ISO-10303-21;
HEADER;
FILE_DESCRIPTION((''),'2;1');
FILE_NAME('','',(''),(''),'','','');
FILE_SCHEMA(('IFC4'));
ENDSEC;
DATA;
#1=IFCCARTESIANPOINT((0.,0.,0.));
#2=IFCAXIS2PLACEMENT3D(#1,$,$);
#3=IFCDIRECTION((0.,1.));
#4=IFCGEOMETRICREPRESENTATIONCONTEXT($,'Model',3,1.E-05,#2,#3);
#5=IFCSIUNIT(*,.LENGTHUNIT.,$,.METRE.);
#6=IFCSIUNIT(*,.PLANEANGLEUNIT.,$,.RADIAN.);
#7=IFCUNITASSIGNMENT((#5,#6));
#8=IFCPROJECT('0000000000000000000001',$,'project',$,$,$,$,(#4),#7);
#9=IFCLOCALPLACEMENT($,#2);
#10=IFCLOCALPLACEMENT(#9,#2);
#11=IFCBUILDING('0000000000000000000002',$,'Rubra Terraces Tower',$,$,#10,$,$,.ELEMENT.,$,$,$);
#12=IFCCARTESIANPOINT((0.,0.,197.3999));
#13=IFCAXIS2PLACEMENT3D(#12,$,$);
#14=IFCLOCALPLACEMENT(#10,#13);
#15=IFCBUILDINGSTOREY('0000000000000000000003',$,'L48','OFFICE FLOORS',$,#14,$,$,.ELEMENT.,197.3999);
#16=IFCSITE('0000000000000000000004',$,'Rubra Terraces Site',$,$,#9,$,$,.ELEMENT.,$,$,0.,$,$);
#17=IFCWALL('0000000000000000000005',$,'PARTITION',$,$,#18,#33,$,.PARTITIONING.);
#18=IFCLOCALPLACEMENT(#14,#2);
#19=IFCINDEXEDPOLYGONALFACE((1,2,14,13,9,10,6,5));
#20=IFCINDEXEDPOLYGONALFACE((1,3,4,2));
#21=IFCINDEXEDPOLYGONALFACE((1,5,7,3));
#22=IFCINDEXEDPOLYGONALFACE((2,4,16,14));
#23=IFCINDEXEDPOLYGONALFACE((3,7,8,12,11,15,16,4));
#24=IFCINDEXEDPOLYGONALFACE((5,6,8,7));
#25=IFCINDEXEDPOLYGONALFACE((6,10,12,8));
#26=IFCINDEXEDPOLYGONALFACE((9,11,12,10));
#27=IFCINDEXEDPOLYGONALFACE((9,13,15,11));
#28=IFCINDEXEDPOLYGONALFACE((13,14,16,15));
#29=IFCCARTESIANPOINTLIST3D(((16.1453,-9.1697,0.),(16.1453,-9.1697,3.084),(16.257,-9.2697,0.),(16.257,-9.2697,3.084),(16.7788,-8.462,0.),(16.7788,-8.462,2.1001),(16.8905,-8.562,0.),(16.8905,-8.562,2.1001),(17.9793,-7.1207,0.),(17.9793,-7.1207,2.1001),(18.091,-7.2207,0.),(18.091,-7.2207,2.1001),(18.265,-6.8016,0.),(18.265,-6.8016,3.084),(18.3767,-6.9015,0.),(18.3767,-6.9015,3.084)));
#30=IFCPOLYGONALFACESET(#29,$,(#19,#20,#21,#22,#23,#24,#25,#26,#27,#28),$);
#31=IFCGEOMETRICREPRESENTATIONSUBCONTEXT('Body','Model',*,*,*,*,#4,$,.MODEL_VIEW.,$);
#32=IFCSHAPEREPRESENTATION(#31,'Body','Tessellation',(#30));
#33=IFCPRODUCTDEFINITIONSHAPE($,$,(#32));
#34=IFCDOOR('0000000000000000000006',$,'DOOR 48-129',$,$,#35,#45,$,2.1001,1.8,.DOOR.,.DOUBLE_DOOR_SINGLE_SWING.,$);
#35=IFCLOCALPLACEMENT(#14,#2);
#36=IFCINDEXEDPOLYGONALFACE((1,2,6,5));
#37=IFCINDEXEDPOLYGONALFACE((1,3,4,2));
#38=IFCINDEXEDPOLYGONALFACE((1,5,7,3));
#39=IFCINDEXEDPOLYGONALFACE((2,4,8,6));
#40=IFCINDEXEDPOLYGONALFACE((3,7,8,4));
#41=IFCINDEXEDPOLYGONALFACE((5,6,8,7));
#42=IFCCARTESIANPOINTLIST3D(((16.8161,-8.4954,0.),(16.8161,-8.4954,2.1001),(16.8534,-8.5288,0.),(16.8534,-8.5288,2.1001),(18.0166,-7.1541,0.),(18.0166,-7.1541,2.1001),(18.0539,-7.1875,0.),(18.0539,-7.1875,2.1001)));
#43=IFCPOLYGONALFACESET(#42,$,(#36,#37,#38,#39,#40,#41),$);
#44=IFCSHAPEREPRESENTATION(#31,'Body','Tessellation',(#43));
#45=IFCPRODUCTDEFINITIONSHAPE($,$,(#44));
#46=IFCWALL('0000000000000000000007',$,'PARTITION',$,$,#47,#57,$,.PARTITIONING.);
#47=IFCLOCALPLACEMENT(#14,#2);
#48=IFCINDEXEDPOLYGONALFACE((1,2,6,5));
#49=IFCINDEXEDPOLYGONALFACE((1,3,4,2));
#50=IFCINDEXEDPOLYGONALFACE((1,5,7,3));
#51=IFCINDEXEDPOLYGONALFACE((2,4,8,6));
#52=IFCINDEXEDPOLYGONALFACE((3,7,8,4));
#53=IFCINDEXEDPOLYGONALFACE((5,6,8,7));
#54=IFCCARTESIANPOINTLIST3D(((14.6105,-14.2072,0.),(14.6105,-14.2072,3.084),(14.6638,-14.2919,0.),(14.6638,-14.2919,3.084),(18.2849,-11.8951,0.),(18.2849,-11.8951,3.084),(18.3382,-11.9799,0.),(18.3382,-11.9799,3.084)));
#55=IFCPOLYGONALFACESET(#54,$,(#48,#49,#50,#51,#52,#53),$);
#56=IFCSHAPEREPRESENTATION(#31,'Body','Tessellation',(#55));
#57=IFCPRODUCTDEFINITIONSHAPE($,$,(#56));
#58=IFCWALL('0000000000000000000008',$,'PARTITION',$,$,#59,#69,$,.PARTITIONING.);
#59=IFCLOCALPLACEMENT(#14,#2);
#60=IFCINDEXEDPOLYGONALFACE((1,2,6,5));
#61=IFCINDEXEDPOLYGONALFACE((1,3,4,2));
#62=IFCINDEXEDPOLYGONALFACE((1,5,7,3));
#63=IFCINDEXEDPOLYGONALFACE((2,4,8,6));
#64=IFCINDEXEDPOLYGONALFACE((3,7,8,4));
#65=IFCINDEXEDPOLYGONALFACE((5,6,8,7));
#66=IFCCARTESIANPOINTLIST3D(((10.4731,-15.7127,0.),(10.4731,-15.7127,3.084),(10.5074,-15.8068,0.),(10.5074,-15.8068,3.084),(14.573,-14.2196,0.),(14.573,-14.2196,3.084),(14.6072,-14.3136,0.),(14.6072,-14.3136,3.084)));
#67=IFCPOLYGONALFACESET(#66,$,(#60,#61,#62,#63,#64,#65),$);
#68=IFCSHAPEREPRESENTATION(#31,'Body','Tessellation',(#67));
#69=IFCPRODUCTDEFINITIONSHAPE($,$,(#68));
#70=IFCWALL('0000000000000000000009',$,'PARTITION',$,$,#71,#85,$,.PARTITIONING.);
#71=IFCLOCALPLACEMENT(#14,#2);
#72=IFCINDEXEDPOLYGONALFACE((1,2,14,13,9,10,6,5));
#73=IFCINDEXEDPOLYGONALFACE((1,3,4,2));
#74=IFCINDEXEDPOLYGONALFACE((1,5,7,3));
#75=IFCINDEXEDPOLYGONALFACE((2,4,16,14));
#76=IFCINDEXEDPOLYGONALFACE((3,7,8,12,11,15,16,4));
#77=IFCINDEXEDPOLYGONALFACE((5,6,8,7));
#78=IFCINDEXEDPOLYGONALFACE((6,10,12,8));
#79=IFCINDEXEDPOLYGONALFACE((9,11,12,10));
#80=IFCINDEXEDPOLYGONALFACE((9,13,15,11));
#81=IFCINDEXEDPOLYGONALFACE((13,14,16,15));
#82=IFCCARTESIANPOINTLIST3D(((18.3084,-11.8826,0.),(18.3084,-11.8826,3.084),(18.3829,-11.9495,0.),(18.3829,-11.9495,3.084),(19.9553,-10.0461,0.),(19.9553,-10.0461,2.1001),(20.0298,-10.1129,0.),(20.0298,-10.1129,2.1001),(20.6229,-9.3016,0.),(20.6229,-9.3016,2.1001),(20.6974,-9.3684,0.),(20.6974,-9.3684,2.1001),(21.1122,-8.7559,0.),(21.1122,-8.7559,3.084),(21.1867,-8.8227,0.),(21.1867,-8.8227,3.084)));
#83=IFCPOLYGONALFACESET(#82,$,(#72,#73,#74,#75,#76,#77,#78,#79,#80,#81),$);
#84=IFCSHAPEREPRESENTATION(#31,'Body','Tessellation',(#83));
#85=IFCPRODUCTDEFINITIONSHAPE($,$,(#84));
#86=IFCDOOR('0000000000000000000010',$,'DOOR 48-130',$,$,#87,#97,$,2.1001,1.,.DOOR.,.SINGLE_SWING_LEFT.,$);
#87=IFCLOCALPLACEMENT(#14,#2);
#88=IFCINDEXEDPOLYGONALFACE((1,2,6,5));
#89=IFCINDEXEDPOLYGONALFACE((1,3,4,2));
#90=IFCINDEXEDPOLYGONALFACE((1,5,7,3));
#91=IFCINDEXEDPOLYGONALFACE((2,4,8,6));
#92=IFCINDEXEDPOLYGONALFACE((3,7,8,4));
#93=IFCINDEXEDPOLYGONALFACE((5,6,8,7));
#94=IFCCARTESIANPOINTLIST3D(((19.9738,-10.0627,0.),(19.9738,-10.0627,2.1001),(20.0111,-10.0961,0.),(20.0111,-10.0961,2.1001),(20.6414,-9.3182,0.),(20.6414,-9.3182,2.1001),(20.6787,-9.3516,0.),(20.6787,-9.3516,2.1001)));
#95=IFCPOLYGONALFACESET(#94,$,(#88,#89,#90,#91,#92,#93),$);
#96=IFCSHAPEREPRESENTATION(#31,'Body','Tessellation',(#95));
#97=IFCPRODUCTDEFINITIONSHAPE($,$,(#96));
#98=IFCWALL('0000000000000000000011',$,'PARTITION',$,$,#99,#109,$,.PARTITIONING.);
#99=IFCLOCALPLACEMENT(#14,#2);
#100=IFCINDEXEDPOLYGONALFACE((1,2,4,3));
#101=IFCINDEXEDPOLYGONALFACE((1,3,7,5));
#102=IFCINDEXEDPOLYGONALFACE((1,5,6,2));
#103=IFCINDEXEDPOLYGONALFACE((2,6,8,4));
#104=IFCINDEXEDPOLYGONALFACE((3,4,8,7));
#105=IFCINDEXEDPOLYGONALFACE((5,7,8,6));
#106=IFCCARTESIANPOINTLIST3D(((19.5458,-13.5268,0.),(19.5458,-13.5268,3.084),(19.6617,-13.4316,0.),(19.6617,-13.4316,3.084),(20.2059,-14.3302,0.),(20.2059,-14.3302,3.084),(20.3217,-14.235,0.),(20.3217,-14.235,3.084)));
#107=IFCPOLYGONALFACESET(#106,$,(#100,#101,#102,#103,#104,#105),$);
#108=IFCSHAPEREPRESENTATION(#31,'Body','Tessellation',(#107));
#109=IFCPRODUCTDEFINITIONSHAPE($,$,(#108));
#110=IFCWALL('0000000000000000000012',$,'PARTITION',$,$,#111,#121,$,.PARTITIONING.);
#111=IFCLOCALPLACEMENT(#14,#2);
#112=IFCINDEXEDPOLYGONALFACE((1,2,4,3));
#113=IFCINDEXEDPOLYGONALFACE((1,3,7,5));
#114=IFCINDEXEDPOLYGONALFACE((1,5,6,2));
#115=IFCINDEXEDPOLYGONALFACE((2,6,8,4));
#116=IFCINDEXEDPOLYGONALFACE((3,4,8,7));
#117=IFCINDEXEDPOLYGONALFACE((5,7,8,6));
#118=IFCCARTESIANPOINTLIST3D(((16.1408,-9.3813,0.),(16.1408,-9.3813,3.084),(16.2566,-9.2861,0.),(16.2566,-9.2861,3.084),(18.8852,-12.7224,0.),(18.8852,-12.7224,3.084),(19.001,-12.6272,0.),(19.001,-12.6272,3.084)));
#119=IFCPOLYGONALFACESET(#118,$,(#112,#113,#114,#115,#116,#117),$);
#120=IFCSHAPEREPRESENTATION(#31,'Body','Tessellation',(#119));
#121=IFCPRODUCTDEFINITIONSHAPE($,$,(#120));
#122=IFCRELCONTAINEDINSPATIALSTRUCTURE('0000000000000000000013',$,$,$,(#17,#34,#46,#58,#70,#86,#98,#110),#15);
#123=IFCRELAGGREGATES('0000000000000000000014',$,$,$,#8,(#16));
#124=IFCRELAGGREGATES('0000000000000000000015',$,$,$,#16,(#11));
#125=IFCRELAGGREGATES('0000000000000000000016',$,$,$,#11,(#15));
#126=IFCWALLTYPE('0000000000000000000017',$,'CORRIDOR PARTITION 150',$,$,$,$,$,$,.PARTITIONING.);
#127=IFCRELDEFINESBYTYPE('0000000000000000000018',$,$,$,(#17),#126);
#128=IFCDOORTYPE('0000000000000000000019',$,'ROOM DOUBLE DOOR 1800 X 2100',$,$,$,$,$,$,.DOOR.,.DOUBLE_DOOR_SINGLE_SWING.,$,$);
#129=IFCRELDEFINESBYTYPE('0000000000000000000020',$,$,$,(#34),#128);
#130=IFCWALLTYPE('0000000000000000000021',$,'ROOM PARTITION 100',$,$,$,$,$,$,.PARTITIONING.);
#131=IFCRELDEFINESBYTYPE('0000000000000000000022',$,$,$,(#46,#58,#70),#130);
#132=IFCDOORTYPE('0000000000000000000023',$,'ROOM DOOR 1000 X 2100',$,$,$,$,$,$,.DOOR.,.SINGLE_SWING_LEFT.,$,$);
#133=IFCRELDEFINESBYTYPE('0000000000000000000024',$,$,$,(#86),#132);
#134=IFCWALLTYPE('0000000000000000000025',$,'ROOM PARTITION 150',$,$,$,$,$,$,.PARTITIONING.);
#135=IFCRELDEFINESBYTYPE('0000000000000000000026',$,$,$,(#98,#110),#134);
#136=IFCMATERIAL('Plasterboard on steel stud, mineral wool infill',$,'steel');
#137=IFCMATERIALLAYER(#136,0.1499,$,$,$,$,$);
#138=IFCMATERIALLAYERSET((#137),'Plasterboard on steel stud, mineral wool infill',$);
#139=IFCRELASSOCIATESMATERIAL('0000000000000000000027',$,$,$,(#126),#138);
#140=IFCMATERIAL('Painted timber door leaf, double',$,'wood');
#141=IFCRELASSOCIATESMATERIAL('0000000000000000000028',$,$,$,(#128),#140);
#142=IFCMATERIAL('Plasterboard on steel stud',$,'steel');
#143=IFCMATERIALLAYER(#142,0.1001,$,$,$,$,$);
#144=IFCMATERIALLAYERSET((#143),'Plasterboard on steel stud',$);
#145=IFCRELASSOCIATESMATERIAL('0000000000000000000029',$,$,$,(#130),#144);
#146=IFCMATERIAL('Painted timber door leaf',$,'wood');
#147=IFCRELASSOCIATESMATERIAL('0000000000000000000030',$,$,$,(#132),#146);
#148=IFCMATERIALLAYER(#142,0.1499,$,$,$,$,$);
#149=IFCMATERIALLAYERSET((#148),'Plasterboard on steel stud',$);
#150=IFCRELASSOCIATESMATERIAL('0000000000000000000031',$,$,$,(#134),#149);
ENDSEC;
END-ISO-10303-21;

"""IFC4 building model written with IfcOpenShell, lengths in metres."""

from ifc_helpers import new_model, si_unit, direction, frame, frame_2d, origin, place, context, subcontext, project, spatial, rectangle, extrude, material, layer, layer_set, type_object, element, fill, save


model = new_model("IFC4")

# Units and contexts
model_context = context("Model", 3, precision=1e-05, world=origin(), true_north=direction((0.0, 1.0)))
body_context = subcontext(model_context, "Body", "Model", "MODEL_VIEW")
ifc_project = project(units=[si_unit("LENGTHUNIT", "METRE"), si_unit("PLANEANGLEUNIT", "RADIAN")], contexts=[model_context])

# Site, building, storey
site_placement = place(None, origin())
site = spatial("IfcSite", under=ifc_project, at=site_placement, Name="Rubra Terraces Site", CompositionType="ELEMENT", RefElevation=0.0)
building_placement = place(site_placement, origin())
building = spatial("IfcBuilding", under=site, at=building_placement, Name="Rubra Terraces Tower", CompositionType="ELEMENT")
storey_placement = place(building_placement, frame((0.0, 0.0, 197.3999)))
storey = spatial("IfcBuildingStorey", under=building, at=storey_placement, Name="L48", Description="OFFICE FLOORS", CompositionType="ELEMENT", Elevation=197.3999)

# Wall, opening, door
ifc_material_1 = material(Name="Plasterboard on steel stud, mineral wool infill", Category="steel")
ifc_layer_1 = layer(ifc_material_1, 0.1499)
ifc_layer_set_1 = layer_set([ifc_layer_1], Name="Plasterboard on steel stud, mineral wool infill")
wall_type_1 = type_object("IfcWallType", Name="CORRIDOR PARTITION 150", PredefinedType="PARTITIONING", material=ifc_layer_set_1)
wall_1_placement = place(storey_placement, frame((16.2012, -9.2197, 0.0), z_axis=(0.0, 0.0, 1.0), x_axis=(0.666925, 0.745125, 0.0)))
wall_1 = element("IfcWall", 1, at=wall_1_placement, inside=storey, type_object=wall_type_1, Name="PARTITION", PredefinedType="PARTITIONING", context=body_context, shape_type="SweptSolid", body=[
    extrude(rectangle(XDim=3.1782, YDim=0.1499, at=frame_2d((1.5891, 0.0))), origin(), (0.0, 0.0, 1.0), 3.084),
])
opening_1_placement = place(wall_1_placement, frame((0.95, 0.0, 0.0)))
opening_1 = element("IfcOpeningElement", 2, at=opening_1_placement, cuts=wall_1, PredefinedType="OPENING", context=body_context, shape_type="SweptSolid", body=[
    extrude(rectangle(XDim=1.8, YDim=2.1001, at=frame_2d((0.8999, 1.05))), frame((0.0, 0.085, 0.0), z_axis=(0.0, -1.0, 0.0), x_axis=(1.0, 0.0, 0.0)), (0.0, 0.0, 1.0), 0.1699),
])
ifc_material_2 = material(Name="Painted timber door leaf, double", Category="wood")
door_type_1 = type_object("IfcDoorType", Name="ROOM DOUBLE DOOR 1800 X 2100", OperationType="DOUBLE_DOOR_SINGLE_SWING", PredefinedType="DOOR", material=ifc_material_2)
door_1_placement = place(opening_1_placement, origin())
door_1 = element("IfcDoor", 3, at=door_1_placement, inside=storey, type_object=door_type_1, Name="DOOR 48-129", OperationType="DOUBLE_DOOR_SINGLE_SWING", OverallHeight=2.1001, OverallWidth=1.8, PredefinedType="DOOR", context=body_context, shape_type="SweptSolid", body=[
    extrude(rectangle(XDim=1.8, YDim=2.1001, at=frame_2d((0.8999, 1.05))), frame((0.0, 0.0249, 0.0), z_axis=(0.0, -1.0, 0.0), x_axis=(1.0, 0.0, 0.0)), (0.0, 0.0, 1.0), 0.05),
])
fill(opening_1, door_1)

# Walls
ifc_material_3 = material(Name="Plasterboard on steel stud", Category="steel")
ifc_layer_2 = layer(ifc_material_3, 0.1001)
ifc_layer_set_2 = layer_set([ifc_layer_2], Name="Plasterboard on steel stud")
wall_type_2 = type_object("IfcWallType", Name="ROOM PARTITION 100", PredefinedType="PARTITIONING", material=ifc_layer_set_2)
wall_2_placement = place(storey_placement, frame((18.3115, -11.9375, 0.0), z_axis=(0.0, 0.0, 1.0), x_axis=(-0.846383, -0.532575, 0.0)))
element("IfcWall", 4, at=wall_2_placement, inside=storey, type_object=wall_type_2, Name="PARTITION", PredefinedType="PARTITIONING", context=body_context, shape_type="SweptSolid", body=[
    extrude(rectangle(XDim=4.3413, YDim=0.1001, at=frame_2d((2.1707, 0.0))), origin(), (0.0, 0.0, 1.0), 3.084),
])
wall_3_placement = place(storey_placement, frame((14.5901, -14.2666, 0.0), z_axis=(0.0, 0.0, 1.0), x_axis=(-0.939623, -0.34221, 0.0)))
element("IfcWall", 5, at=wall_3_placement, inside=storey, type_object=wall_type_2, Name="PARTITION", PredefinedType="PARTITIONING", context=body_context, shape_type="SweptSolid", body=[
    extrude(rectangle(XDim=4.3633, YDim=0.1001, at=frame_2d((2.1816, 0.0))), origin(), (0.0, 0.0, 1.0), 3.084),
])

# Wall, opening, door
wall_4_placement = place(storey_placement, frame((21.1494, -8.7893, 0.0), z_axis=(0.0, 0.0, 1.0), x_axis=(-0.667605, -0.744516, 0.0)))
wall_4 = element("IfcWall", 6, at=wall_4_placement, inside=storey, type_object=wall_type_2, Name="PARTITION", PredefinedType="PARTITIONING", context=body_context, shape_type="SweptSolid", body=[
    extrude(rectangle(XDim=4.1997, YDim=0.1001, at=frame_2d((2.0999, 0.0))), origin(), (0.0, 0.0, 1.0), 3.084),
])
opening_2_placement = place(wall_4_placement, frame((0.7329, 0.0, 0.0)))
opening_2 = element("IfcOpeningElement", 7, at=opening_2_placement, cuts=wall_4, PredefinedType="OPENING", context=body_context, shape_type="SweptSolid", body=[
    extrude(rectangle(XDim=1.0, YDim=2.1001, at=frame_2d((0.5, 1.05))), frame((0.0, 0.0601, 0.0), z_axis=(0.0, -1.0, 0.0), x_axis=(1.0, 0.0, 0.0)), (0.0, 0.0, 1.0), 0.1201),
])
ifc_material_4 = material(Name="Painted timber door leaf", Category="wood")
door_type_2 = type_object("IfcDoorType", Name="ROOM DOOR 1000 X 2100", OperationType="SINGLE_SWING_LEFT", PredefinedType="DOOR", material=ifc_material_4)
door_2_placement = place(opening_2_placement, origin())
door_2 = element("IfcDoor", 8, at=door_2_placement, inside=storey, type_object=door_type_2, Name="DOOR 48-130", OperationType="SINGLE_SWING_LEFT", OverallHeight=2.1001, OverallWidth=1.0, PredefinedType="DOOR", context=body_context, shape_type="SweptSolid", body=[
    extrude(rectangle(XDim=1.0, YDim=2.1001, at=frame_2d((0.5, 1.05))), frame((0.0, 0.0249, 0.0), z_axis=(0.0, -1.0, 0.0), x_axis=(1.0, 0.0, 0.0)), (0.0, 0.0, 1.0), 0.05),
])
fill(opening_2, door_2)

# Walls
ifc_layer_3 = layer(ifc_material_3, 0.1499)
ifc_layer_set_3 = layer_set([ifc_layer_3], Name="Plasterboard on steel stud")
wall_type_3 = type_object("IfcWallType", Name="ROOM PARTITION 150", PredefinedType="PARTITIONING", material=ifc_layer_set_3)
wall_5_placement = place(storey_placement, frame((20.2639, -14.2827, 0.0), z_axis=(0.0, 0.0, 1.0), x_axis=(-0.634835, 0.772648, 0.0)))
element("IfcWall", 9, at=wall_5_placement, inside=storey, type_object=wall_type_3, Name="PARTITION", PredefinedType="PARTITIONING", context=body_context, shape_type="SweptSolid", body=[
    extrude(rectangle(XDim=1.0398, YDim=0.1499, at=frame_2d((0.52, 0.0))), origin(), (0.0, 0.0, 1.0), 3.084),
])
wall_6_placement = place(storey_placement, frame((18.9431, -12.6748, 0.0), z_axis=(0.0, 0.0, 1.0), x_axis=(-0.634731, 0.772733, 0.0)))
element("IfcWall", 10, at=wall_6_placement, inside=storey, type_object=wall_type_3, Name="PARTITION", PredefinedType="PARTITIONING", context=body_context, shape_type="SweptSolid", body=[
    extrude(rectangle(XDim=4.3237, YDim=0.1499, at=frame_2d((2.1619, 0.0))), origin(), (0.0, 0.0, 1.0), 3.084),
])

save(model, "model.ifc")
